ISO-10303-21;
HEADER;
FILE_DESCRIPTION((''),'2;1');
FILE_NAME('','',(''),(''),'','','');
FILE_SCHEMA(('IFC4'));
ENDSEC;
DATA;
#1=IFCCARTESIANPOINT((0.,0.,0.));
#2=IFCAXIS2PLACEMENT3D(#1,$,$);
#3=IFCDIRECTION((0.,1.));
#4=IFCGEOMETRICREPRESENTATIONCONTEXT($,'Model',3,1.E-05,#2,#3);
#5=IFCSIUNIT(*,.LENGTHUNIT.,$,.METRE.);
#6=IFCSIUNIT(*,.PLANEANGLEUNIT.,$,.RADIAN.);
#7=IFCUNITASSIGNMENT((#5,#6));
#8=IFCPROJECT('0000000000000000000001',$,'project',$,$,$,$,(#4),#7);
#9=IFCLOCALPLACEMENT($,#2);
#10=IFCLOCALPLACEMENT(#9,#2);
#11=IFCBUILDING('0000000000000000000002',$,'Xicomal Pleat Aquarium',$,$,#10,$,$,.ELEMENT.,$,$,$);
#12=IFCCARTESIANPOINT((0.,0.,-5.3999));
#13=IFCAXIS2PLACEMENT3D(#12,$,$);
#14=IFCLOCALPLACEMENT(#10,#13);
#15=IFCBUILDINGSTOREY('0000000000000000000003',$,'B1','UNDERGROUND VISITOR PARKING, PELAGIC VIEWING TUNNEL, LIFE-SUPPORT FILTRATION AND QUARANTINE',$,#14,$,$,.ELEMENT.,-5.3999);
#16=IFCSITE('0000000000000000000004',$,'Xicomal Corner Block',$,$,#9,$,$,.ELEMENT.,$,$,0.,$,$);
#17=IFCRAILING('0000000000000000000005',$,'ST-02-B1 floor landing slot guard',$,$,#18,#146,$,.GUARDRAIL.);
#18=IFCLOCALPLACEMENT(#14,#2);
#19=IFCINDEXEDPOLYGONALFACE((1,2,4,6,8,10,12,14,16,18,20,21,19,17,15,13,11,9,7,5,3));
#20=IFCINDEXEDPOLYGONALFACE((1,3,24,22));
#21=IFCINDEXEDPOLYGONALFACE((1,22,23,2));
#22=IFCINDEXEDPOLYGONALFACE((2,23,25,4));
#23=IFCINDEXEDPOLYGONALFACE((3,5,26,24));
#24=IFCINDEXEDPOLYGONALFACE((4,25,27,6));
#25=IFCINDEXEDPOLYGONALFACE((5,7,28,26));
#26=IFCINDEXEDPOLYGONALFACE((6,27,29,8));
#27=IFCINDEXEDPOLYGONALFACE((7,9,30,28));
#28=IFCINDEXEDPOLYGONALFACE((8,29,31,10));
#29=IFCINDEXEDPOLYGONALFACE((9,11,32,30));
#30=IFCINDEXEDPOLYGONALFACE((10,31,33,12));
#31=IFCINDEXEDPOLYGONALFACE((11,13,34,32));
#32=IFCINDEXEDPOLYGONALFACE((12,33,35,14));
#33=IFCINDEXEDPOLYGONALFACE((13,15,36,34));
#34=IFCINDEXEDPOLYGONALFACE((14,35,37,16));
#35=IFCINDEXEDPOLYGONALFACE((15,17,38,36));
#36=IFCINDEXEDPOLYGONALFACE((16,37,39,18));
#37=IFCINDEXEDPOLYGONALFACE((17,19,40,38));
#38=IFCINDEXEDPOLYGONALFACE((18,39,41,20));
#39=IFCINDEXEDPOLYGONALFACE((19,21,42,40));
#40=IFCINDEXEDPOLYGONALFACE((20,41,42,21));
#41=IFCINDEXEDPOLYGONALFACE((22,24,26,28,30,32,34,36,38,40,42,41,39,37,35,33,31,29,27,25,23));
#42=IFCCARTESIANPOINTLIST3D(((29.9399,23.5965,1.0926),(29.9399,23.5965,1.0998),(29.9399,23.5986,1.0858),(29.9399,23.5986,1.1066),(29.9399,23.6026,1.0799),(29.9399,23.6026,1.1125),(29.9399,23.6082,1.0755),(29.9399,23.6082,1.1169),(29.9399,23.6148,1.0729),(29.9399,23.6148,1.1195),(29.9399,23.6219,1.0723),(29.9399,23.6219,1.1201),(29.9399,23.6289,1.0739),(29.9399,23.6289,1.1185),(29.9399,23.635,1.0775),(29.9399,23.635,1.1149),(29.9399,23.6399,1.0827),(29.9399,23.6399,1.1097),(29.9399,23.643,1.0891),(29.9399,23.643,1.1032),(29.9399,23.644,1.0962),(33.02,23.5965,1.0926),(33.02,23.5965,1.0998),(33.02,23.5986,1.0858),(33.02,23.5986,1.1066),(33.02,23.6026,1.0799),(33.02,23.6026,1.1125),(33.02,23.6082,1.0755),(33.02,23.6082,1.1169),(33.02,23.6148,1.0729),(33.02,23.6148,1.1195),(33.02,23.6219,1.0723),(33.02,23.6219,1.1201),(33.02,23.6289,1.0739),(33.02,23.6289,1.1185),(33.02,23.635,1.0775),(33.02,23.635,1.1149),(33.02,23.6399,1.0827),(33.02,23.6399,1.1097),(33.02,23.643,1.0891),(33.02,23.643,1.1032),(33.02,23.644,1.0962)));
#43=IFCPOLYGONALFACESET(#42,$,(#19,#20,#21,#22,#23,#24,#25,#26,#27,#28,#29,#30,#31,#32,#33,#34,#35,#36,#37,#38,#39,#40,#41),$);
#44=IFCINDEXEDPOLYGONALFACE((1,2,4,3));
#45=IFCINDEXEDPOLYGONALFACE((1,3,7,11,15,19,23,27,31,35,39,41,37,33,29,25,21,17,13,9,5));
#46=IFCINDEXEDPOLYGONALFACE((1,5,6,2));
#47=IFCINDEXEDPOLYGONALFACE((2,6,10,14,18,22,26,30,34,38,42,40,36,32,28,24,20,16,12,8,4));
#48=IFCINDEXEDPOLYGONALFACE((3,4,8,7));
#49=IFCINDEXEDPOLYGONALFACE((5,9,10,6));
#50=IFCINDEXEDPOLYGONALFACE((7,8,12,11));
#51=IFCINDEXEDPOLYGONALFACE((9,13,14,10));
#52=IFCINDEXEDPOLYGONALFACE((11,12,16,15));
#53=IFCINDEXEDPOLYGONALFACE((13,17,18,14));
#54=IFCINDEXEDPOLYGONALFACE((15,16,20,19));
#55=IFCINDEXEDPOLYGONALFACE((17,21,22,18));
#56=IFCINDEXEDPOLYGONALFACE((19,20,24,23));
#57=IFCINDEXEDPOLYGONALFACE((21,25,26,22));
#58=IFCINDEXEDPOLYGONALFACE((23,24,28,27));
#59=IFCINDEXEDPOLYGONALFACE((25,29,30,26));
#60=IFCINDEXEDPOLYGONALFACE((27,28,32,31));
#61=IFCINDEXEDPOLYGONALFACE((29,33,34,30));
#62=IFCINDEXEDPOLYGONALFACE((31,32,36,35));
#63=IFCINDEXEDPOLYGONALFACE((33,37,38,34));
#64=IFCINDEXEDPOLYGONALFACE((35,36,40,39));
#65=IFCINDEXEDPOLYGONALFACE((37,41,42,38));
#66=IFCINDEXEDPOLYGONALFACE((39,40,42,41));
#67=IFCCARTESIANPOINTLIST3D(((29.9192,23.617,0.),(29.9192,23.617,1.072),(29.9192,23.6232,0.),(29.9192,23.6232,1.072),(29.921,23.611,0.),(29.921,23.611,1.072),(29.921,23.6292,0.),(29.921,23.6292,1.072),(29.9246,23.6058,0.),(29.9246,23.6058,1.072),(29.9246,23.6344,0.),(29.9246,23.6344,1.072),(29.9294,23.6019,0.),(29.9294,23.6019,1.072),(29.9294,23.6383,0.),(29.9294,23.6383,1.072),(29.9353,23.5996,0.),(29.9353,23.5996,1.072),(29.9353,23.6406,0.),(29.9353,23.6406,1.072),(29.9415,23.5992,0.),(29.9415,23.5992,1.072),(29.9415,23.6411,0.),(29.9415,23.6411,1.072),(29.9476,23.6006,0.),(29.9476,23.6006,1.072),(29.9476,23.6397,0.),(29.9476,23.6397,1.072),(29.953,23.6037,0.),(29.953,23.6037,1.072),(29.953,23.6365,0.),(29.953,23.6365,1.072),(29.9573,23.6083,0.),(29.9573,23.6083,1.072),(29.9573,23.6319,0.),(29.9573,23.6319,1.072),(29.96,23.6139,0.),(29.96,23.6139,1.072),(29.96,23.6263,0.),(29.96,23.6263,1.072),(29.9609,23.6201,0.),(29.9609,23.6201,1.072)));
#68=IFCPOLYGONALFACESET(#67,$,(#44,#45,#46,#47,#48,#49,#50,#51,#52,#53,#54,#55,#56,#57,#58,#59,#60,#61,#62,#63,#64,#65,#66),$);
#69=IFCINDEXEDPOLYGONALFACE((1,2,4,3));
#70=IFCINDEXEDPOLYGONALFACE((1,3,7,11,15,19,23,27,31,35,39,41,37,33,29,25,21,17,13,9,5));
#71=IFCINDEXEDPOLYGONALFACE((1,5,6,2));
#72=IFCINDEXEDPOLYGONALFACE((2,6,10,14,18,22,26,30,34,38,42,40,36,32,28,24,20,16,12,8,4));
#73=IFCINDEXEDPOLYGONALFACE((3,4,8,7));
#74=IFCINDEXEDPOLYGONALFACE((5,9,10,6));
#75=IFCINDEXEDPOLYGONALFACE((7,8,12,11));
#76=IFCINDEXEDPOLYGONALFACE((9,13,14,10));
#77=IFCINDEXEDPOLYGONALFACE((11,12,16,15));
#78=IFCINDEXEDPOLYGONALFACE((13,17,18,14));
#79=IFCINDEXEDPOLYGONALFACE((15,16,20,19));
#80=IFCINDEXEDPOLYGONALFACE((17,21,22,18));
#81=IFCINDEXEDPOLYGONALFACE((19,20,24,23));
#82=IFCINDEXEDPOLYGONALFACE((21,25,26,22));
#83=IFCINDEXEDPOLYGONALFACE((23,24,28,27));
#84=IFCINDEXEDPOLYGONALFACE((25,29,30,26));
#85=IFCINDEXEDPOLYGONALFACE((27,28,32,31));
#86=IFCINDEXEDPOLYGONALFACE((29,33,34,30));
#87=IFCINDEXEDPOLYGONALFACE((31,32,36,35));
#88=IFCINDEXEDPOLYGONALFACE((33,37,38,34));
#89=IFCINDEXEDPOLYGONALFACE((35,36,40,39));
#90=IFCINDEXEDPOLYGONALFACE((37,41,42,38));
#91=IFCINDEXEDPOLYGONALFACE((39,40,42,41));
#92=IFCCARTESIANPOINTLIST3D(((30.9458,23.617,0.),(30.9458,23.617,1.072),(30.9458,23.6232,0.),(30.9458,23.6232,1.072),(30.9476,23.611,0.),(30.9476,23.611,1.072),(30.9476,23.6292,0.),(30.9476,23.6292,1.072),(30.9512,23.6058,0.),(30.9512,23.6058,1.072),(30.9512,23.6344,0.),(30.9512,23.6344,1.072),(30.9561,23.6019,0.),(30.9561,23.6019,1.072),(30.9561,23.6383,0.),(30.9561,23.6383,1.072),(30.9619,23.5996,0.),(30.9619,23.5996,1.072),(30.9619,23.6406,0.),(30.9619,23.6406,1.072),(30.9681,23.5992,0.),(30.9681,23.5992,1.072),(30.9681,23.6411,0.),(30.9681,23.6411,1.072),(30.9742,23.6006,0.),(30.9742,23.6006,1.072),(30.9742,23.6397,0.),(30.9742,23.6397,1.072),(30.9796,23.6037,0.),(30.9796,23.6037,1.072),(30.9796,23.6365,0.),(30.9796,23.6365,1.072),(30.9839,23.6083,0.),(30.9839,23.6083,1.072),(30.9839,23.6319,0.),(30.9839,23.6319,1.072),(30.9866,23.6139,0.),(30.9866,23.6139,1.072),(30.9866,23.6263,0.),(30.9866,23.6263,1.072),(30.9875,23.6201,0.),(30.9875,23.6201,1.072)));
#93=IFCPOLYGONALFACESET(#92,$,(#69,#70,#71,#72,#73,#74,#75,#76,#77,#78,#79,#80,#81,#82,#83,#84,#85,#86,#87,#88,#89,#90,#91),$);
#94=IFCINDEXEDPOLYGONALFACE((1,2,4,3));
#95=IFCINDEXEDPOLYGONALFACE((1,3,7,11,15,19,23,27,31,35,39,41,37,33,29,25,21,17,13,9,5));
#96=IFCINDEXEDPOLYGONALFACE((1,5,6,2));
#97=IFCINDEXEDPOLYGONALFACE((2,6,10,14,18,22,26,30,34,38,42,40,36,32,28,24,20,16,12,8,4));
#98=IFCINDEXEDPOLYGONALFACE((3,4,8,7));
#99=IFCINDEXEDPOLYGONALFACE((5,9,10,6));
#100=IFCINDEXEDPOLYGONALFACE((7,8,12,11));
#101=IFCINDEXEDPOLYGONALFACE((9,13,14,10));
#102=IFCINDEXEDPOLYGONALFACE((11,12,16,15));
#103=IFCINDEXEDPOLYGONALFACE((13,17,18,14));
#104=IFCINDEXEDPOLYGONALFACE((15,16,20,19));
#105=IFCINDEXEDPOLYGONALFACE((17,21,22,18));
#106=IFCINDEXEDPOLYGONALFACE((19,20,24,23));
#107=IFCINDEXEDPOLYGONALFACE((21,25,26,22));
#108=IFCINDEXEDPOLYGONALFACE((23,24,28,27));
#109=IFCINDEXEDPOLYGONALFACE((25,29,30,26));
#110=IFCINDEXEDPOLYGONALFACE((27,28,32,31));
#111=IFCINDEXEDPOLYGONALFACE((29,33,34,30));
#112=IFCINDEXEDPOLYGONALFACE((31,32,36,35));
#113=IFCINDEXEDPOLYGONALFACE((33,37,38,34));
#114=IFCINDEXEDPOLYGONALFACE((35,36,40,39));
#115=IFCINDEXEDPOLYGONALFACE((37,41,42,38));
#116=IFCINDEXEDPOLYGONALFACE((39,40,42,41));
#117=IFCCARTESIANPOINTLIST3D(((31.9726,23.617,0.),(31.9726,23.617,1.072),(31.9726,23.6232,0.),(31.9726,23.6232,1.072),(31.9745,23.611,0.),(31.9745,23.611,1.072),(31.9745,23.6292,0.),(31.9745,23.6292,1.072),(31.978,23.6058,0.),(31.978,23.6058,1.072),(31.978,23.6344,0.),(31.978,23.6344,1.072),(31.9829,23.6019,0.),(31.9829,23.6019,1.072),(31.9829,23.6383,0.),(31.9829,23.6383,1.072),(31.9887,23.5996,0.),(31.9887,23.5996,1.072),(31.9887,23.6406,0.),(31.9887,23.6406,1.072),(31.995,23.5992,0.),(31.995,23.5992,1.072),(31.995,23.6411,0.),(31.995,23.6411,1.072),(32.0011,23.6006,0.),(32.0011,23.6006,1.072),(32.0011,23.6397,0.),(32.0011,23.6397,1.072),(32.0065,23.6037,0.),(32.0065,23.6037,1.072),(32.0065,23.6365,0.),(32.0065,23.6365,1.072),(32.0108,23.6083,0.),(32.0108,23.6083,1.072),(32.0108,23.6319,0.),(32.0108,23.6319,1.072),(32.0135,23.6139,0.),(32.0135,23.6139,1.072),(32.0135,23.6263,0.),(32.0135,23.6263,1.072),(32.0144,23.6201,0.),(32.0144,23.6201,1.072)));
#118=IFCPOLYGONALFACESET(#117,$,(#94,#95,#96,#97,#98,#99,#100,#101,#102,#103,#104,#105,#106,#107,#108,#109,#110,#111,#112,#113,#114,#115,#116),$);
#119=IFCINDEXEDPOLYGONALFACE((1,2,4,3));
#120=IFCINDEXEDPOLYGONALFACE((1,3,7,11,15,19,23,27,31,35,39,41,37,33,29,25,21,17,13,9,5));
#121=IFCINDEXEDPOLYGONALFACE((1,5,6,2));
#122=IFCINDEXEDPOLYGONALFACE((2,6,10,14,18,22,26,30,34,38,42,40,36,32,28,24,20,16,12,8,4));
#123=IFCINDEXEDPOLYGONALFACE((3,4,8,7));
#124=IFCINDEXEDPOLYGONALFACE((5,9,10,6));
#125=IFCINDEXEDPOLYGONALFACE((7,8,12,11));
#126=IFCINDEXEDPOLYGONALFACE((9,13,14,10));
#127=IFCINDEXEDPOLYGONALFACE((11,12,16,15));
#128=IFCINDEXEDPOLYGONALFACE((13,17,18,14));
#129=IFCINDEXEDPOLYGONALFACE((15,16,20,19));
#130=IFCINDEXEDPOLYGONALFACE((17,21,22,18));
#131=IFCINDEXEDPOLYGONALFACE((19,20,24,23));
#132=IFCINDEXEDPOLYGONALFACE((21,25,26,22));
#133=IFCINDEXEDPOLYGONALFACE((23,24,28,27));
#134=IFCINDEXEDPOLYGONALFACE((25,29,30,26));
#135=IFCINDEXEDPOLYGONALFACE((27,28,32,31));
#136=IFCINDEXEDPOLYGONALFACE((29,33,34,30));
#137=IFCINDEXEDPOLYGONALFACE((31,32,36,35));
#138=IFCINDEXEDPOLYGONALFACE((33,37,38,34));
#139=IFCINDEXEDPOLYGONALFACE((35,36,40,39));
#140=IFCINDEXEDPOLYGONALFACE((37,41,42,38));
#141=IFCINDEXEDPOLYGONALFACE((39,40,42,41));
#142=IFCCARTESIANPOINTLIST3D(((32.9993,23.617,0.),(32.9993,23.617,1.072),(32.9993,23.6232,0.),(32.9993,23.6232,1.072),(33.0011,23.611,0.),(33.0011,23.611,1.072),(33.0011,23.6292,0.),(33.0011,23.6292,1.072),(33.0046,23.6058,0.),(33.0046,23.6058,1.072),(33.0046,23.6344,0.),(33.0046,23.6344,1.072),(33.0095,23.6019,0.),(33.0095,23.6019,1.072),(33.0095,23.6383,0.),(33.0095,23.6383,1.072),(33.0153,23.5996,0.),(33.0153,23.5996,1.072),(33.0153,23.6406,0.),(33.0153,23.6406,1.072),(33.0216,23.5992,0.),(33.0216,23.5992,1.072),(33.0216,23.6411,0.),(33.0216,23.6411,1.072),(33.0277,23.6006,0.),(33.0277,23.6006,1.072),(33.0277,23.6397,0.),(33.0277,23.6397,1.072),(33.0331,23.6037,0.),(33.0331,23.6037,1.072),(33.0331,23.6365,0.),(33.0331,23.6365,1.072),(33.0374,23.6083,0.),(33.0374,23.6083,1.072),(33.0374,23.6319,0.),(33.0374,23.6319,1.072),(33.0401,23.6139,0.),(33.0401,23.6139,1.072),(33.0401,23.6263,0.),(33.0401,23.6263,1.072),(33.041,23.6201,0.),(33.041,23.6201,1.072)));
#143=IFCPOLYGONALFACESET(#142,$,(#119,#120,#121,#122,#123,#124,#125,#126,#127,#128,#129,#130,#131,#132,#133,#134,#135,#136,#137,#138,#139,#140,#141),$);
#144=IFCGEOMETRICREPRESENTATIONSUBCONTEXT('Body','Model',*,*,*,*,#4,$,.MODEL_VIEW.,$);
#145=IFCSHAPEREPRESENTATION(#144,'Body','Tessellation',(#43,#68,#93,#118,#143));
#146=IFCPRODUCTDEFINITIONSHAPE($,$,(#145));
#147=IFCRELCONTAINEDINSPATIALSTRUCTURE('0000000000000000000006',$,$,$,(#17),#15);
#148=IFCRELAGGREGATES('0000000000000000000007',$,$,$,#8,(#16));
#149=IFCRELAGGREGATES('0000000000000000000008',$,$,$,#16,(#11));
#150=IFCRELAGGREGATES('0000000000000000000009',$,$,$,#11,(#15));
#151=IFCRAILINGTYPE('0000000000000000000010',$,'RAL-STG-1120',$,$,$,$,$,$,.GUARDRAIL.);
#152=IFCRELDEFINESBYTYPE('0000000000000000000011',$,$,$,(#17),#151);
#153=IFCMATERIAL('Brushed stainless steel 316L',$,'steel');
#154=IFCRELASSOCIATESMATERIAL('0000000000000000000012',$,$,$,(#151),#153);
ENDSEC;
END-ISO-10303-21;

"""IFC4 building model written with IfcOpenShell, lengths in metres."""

from ifc_helpers import new_model, si_unit, direction, frame, origin, origin_2d, place, context, subcontext, project, spatial, circle, extrude, material, type_object, element, save


model = new_model("IFC4")

# Units and contexts
model_context = context("Model", 3, precision=1e-05, world=origin(), true_north=direction((0.0, 1.0)))
body_context = subcontext(model_context, "Body", "Model", "MODEL_VIEW")
ifc_project = project(units=[si_unit("LENGTHUNIT", "METRE"), si_unit("PLANEANGLEUNIT", "RADIAN")], contexts=[model_context])

# Site, building, storey
site_placement = place(None, origin())
site = spatial("IfcSite", under=ifc_project, at=site_placement, Name="Xicomal Corner Block", CompositionType="ELEMENT", RefElevation=0.0)
building_placement = place(site_placement, origin())
building = spatial("IfcBuilding", under=site, at=building_placement, Name="Xicomal Pleat Aquarium", CompositionType="ELEMENT")
storey_placement = place(building_placement, frame((0.0, 0.0, -5.3999)))
storey = spatial("IfcBuildingStorey", under=building, at=storey_placement, Name="B1", Description="UNDERGROUND VISITOR PARKING, PELAGIC VIEWING TUNNEL, LIFE-SUPPORT FILTRATION AND QUARANTINE", CompositionType="ELEMENT", Elevation=-5.3999)

# Railing
ifc_material_1 = material(Name="Brushed stainless steel 316L", Category="steel")
railing_type_1 = type_object("IfcRailingType", Name="RAL-STG-1120", PredefinedType="GUARDRAIL", material=ifc_material_1)
railing_1_placement = place(storey_placement, frame((29.9399, 23.6201, 0.0)))
element("IfcRailing", 1, at=railing_1_placement, inside=storey, type_object=railing_type_1, Name="ST-02-B1 floor landing slot guard", PredefinedType="GUARDRAIL", context=body_context, shape_type="SweptSolid", body=[
    extrude(circle(Radius=0.0239, at=origin_2d()), frame((0.0, 0.0, 1.0962), z_axis=(1.0, 0.0, 0.0), x_axis=(0.0, 1.0, 0.0)), (0.0, 0.0, 1.0), 3.0801),
    extrude(circle(Radius=0.021, at=origin_2d()), origin(), (0.0, 0.0, 1.0), 1.072),
    extrude(circle(Radius=0.021, at=origin_2d()), frame((1.0266, 0.0, 0.0)), (0.0, 0.0, 1.0), 1.072),
    extrude(circle(Radius=0.021, at=origin_2d()), frame((2.0535, 0.0, 0.0)), (0.0, 0.0, 1.0), 1.072),
    extrude(circle(Radius=0.021, at=origin_2d()), frame((3.0801, 0.0, 0.0)), (0.0, 0.0, 1.0), 1.072),
])

save(model, "model.ifc")
